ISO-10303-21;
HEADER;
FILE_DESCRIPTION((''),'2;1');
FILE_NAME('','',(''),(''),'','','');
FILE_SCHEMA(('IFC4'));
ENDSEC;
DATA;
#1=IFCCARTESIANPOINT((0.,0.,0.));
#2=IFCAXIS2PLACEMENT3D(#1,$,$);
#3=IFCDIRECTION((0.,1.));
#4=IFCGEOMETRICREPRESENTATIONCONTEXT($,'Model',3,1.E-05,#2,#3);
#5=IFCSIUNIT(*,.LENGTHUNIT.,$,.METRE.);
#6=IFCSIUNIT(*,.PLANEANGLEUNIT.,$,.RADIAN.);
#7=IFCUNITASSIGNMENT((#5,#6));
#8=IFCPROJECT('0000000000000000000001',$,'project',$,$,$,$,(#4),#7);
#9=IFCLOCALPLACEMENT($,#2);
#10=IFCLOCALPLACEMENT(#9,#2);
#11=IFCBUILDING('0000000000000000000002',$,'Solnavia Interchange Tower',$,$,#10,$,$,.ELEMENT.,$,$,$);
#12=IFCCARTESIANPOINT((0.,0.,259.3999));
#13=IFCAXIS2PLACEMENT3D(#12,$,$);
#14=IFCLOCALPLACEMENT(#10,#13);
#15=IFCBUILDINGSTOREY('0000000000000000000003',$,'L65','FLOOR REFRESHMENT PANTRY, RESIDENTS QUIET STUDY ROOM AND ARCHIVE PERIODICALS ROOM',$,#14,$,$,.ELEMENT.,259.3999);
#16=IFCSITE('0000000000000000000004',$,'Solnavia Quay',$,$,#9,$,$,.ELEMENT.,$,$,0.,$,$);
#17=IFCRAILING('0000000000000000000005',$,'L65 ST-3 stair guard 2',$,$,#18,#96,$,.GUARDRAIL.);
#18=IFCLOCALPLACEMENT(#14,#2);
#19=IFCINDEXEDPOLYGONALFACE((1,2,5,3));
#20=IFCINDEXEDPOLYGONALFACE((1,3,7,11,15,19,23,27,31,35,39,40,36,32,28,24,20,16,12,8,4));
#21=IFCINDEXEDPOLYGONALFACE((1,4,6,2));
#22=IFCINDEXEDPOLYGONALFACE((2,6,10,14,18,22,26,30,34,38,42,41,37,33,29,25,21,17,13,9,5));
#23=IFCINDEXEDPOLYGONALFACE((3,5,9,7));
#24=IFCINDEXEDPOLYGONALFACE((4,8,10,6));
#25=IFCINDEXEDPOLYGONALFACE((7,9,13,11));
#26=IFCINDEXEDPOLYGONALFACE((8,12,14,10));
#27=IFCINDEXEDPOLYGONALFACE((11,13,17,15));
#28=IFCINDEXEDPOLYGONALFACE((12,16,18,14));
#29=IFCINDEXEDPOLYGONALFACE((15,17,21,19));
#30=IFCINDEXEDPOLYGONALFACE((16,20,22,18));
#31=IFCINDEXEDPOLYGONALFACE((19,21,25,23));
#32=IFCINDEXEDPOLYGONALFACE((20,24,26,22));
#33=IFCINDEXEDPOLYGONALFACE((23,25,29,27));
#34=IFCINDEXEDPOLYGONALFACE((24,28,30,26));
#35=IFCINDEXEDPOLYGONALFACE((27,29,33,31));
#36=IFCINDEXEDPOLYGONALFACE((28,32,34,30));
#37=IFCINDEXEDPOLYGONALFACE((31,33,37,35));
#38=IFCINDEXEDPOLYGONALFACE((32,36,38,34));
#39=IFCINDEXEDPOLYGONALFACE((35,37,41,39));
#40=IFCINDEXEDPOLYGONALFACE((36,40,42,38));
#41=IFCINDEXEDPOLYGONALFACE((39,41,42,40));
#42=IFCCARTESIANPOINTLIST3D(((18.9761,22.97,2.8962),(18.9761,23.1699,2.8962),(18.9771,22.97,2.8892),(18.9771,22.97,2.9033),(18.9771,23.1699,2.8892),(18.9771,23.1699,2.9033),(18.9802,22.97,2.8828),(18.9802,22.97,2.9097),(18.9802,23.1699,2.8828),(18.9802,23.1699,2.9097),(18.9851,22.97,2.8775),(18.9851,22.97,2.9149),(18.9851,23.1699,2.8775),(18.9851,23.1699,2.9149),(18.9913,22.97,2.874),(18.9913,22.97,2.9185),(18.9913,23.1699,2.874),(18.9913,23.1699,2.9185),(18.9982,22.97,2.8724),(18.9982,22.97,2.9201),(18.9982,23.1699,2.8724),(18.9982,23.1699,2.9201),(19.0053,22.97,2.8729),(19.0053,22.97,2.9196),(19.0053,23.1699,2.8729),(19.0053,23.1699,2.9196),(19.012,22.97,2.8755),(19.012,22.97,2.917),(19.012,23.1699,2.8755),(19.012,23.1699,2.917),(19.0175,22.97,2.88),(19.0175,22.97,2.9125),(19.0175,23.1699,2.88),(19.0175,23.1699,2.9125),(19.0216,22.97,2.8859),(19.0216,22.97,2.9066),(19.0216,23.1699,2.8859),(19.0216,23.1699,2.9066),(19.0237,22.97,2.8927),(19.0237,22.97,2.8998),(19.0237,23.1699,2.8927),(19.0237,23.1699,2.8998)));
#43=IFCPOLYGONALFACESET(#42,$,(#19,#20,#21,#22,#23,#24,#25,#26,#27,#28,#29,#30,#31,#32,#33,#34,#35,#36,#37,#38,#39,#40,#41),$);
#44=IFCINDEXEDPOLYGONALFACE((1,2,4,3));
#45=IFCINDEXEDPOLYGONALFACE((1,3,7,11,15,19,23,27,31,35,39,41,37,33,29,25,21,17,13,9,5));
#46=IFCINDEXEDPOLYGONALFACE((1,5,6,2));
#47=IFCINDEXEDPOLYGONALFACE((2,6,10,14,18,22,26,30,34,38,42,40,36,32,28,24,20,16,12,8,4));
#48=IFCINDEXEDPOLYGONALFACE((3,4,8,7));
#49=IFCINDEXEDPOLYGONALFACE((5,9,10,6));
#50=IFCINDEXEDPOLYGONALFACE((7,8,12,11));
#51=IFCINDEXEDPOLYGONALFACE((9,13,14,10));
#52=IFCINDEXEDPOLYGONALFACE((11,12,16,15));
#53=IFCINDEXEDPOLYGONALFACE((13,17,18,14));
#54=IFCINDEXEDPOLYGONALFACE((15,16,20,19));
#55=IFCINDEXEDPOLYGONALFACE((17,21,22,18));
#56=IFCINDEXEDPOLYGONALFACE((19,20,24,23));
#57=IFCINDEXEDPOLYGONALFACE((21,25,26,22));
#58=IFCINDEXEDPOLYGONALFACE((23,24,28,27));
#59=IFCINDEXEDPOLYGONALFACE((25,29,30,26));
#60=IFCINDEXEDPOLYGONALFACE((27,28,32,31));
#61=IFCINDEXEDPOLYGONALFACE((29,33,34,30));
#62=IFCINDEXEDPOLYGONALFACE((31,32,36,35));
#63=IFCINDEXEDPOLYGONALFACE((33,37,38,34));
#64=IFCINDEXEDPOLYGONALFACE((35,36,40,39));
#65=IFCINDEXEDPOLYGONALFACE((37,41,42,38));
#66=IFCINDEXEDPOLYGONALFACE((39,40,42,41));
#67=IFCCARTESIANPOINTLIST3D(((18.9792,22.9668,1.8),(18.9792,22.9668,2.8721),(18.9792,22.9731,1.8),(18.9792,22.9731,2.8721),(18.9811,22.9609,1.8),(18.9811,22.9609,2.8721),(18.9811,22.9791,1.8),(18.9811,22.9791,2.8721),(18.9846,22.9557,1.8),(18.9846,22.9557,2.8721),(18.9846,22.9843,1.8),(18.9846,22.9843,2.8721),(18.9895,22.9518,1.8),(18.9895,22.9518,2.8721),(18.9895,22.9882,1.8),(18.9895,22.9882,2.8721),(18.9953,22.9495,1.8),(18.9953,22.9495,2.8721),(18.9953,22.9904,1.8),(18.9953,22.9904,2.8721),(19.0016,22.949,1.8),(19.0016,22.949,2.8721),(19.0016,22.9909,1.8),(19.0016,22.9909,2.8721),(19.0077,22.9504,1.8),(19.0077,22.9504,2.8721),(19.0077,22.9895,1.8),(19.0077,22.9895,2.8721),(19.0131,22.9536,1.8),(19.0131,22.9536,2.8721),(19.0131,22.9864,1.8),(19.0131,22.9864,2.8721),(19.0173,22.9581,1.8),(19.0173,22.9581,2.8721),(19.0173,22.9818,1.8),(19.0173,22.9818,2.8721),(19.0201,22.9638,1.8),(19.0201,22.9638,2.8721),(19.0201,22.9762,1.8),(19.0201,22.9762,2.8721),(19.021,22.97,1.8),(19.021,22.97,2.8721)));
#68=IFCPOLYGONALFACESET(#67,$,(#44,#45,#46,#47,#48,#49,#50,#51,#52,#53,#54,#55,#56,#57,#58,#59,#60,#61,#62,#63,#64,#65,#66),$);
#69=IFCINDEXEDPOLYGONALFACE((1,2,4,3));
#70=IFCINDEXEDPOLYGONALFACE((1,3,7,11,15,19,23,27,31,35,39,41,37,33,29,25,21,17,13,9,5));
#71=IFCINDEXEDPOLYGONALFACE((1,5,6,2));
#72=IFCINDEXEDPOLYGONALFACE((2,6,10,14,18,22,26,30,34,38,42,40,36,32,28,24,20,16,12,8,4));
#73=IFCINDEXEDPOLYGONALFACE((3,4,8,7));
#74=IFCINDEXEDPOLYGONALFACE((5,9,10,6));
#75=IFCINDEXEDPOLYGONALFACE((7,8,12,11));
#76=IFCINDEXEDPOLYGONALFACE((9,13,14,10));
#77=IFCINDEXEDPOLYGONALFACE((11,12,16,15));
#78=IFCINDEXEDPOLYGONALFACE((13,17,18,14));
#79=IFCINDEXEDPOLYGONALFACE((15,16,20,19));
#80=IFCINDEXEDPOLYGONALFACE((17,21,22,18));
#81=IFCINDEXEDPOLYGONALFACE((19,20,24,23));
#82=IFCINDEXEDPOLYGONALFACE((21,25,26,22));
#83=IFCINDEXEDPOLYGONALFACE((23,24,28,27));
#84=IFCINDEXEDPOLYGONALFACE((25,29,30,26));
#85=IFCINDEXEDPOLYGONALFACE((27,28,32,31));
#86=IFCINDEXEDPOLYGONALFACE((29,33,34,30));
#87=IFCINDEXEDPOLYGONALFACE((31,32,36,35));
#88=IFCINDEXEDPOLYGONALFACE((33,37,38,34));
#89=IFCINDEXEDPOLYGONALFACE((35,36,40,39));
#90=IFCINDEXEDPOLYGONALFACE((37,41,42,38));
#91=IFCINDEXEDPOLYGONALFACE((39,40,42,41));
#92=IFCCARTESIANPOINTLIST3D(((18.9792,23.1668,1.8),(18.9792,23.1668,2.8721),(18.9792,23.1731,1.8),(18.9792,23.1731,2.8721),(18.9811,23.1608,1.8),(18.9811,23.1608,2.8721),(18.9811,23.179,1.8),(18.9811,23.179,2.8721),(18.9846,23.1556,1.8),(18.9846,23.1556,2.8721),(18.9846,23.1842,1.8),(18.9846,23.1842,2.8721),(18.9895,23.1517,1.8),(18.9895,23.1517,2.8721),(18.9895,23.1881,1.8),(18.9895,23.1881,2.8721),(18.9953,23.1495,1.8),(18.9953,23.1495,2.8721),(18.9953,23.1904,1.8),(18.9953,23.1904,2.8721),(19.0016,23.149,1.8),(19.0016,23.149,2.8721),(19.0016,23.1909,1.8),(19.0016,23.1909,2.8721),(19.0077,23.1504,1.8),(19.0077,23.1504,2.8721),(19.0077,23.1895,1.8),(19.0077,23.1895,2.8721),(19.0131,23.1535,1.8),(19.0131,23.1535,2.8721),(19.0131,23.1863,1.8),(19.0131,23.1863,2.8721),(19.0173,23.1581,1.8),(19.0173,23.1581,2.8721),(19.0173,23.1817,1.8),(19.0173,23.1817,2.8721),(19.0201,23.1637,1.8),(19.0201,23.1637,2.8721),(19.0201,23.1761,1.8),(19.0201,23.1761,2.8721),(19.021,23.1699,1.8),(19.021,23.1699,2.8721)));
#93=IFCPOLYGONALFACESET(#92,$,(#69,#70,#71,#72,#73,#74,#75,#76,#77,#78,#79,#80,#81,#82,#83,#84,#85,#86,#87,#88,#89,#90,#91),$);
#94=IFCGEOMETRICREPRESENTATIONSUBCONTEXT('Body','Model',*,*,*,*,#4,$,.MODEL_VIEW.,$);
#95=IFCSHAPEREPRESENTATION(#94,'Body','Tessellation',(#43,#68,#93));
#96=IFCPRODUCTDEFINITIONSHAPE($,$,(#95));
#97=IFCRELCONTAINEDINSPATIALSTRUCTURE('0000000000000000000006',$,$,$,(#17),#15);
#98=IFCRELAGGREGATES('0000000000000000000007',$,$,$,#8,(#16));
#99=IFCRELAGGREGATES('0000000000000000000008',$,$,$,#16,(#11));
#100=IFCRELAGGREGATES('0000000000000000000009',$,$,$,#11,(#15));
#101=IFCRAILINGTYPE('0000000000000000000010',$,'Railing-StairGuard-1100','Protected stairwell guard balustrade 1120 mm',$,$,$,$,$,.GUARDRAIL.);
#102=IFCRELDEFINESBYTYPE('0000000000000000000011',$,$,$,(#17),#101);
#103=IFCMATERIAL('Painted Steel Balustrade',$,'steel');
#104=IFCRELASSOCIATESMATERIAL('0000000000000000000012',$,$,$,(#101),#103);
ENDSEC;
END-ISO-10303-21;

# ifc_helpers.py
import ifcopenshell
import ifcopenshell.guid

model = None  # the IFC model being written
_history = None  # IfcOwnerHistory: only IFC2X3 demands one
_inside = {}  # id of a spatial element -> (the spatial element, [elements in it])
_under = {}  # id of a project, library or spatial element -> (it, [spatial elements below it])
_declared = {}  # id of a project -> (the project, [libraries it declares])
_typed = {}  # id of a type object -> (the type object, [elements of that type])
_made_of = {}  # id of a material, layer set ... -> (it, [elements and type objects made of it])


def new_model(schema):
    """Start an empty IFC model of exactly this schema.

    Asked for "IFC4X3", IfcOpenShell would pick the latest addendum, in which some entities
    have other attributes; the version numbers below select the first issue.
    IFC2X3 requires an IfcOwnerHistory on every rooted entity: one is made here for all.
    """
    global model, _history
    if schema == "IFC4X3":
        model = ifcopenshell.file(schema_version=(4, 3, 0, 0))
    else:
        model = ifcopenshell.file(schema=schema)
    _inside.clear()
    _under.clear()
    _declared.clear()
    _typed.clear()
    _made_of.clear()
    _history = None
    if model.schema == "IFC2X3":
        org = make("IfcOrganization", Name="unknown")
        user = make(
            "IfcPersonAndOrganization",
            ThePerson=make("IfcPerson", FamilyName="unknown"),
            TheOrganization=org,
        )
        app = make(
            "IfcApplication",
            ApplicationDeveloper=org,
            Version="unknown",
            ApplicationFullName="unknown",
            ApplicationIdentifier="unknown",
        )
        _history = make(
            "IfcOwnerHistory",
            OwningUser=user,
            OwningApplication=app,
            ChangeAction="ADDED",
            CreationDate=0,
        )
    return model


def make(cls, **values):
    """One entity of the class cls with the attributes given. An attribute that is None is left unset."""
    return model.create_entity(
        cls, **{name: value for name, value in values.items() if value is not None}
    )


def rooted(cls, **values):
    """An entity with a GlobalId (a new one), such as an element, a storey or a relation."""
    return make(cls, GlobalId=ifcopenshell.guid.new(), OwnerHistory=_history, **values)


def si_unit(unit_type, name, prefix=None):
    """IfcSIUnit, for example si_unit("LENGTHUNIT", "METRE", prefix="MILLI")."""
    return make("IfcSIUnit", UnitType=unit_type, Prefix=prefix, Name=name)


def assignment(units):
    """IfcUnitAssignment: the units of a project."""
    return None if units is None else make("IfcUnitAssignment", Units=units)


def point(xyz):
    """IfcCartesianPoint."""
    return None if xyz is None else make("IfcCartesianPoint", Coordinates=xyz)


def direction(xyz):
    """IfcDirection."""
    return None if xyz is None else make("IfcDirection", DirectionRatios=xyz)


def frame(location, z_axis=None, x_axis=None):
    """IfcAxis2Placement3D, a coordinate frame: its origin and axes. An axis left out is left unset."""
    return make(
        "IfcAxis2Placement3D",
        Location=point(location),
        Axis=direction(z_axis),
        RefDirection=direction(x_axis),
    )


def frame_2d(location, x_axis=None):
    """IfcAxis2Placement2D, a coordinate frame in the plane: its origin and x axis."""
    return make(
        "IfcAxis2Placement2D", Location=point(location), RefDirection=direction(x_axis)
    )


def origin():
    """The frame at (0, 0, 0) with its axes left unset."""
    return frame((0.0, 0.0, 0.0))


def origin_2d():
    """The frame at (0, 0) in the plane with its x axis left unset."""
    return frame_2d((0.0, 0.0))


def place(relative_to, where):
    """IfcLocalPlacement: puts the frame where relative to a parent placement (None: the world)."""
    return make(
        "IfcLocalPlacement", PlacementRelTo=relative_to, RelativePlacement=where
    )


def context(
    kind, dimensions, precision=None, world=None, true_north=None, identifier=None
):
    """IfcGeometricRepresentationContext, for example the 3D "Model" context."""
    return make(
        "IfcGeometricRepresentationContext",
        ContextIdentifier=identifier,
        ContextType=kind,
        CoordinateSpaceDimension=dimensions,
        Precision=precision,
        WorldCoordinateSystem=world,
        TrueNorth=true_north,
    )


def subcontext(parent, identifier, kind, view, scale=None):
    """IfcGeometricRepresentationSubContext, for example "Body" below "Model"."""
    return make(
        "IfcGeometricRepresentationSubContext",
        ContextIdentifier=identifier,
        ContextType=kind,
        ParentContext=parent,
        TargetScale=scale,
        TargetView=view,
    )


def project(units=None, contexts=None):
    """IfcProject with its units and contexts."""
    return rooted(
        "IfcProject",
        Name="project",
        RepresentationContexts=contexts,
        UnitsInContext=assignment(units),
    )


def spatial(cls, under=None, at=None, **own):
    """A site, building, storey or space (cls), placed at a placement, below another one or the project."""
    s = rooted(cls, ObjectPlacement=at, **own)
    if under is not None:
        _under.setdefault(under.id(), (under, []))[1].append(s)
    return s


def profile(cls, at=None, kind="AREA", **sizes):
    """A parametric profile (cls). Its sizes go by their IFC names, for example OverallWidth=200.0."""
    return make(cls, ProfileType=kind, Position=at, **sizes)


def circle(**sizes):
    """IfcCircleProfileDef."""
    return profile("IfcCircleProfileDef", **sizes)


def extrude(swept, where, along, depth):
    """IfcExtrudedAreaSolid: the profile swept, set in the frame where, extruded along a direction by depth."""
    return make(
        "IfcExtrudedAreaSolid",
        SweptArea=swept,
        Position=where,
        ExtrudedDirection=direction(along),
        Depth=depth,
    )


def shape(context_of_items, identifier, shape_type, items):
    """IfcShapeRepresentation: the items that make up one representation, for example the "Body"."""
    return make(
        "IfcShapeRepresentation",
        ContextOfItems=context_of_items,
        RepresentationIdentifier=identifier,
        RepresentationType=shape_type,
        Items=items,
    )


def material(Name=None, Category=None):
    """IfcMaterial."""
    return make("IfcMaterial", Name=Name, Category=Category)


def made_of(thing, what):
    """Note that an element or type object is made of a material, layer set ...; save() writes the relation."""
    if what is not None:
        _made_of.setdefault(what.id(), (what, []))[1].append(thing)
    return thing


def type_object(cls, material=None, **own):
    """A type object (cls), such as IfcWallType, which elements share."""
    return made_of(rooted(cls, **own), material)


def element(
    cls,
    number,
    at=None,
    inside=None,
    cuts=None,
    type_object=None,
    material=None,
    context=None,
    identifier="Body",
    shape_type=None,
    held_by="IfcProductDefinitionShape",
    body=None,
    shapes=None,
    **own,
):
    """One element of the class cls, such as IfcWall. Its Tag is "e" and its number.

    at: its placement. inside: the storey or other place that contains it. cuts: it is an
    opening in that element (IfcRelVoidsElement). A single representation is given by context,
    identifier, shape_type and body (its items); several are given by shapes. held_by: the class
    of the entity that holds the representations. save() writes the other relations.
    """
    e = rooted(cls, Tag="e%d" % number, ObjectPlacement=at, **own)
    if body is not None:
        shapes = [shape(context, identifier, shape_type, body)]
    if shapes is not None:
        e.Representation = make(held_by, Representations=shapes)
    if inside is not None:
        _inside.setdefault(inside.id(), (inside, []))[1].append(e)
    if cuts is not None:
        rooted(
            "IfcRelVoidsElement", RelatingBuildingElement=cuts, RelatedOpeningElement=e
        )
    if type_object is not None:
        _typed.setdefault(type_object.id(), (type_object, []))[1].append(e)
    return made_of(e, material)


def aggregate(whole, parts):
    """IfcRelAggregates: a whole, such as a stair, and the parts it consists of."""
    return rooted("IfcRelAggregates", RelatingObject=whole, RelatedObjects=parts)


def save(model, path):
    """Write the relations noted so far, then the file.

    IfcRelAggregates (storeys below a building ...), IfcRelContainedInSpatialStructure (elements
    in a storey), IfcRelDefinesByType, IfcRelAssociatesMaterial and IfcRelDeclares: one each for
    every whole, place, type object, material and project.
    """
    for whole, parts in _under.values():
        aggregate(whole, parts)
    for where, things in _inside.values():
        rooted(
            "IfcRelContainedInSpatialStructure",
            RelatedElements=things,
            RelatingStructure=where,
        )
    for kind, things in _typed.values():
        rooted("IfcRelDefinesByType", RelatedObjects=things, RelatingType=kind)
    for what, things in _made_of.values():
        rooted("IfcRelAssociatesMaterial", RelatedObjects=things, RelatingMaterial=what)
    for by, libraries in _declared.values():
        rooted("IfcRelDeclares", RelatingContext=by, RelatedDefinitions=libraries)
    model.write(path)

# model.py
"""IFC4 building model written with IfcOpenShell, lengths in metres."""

from ifc_helpers import new_model, si_unit, direction, frame, origin, origin_2d, place, context, subcontext, project, spatial, circle, extrude, material, type_object, element, save


model = new_model("IFC4")

# Units and contexts
model_context = context("Model", 3, precision=1e-05, world=origin(), true_north=direction((0.0, 1.0)))
body_context = subcontext(model_context, "Body", "Model", "MODEL_VIEW")
ifc_project = project(units=[si_unit("LENGTHUNIT", "METRE"), si_unit("PLANEANGLEUNIT", "RADIAN")], contexts=[model_context])

# Site, building, storey
site_placement = place(None, origin())
site = spatial("IfcSite", under=ifc_project, at=site_placement, Name="Solnavia Quay", CompositionType="ELEMENT", RefElevation=0.0)
building_placement = place(site_placement, origin())
building = spatial("IfcBuilding", under=site, at=building_placement, Name="Solnavia Interchange Tower", CompositionType="ELEMENT")
storey_placement = place(building_placement, frame((0.0, 0.0, 259.3999)))
storey = spatial("IfcBuildingStorey", under=building, at=storey_placement, Name="L65", Description="FLOOR REFRESHMENT PANTRY, RESIDENTS QUIET STUDY ROOM AND ARCHIVE PERIODICALS ROOM", CompositionType="ELEMENT", Elevation=259.3999)

# Railing
ifc_material_1 = material(Name="Painted Steel Balustrade", Category="steel")
railing_type_1 = type_object("IfcRailingType", Name="Railing-StairGuard-1100", Description="Protected stairwell guard balustrade 1120 mm", PredefinedType="GUARDRAIL", material=ifc_material_1)
railing_1_placement = place(storey_placement, frame((19.0, 22.97, 1.8)))
element("IfcRailing", 1, at=railing_1_placement, inside=storey, type_object=railing_type_1, Name="L65 ST-3 stair guard 2", PredefinedType="GUARDRAIL", context=body_context, shape_type="SweptSolid", body=[
    extrude(circle(Radius=0.0239, at=origin_2d()), frame((0.0, 0.0, 1.0962), z_axis=(0.0, 1.0, 0.0), x_axis=(-1.0, 0.0, 0.0)), (0.0, 0.0, 1.0), 0.2),
    extrude(circle(Radius=0.021, at=origin_2d()), origin(), (0.0, 0.0, 1.0), 1.072),
    extrude(circle(Radius=0.021, at=origin_2d()), frame((0.0, 0.2, 0.0)), (0.0, 0.0, 1.0), 1.072),
])

save(model, "model.ifc")
